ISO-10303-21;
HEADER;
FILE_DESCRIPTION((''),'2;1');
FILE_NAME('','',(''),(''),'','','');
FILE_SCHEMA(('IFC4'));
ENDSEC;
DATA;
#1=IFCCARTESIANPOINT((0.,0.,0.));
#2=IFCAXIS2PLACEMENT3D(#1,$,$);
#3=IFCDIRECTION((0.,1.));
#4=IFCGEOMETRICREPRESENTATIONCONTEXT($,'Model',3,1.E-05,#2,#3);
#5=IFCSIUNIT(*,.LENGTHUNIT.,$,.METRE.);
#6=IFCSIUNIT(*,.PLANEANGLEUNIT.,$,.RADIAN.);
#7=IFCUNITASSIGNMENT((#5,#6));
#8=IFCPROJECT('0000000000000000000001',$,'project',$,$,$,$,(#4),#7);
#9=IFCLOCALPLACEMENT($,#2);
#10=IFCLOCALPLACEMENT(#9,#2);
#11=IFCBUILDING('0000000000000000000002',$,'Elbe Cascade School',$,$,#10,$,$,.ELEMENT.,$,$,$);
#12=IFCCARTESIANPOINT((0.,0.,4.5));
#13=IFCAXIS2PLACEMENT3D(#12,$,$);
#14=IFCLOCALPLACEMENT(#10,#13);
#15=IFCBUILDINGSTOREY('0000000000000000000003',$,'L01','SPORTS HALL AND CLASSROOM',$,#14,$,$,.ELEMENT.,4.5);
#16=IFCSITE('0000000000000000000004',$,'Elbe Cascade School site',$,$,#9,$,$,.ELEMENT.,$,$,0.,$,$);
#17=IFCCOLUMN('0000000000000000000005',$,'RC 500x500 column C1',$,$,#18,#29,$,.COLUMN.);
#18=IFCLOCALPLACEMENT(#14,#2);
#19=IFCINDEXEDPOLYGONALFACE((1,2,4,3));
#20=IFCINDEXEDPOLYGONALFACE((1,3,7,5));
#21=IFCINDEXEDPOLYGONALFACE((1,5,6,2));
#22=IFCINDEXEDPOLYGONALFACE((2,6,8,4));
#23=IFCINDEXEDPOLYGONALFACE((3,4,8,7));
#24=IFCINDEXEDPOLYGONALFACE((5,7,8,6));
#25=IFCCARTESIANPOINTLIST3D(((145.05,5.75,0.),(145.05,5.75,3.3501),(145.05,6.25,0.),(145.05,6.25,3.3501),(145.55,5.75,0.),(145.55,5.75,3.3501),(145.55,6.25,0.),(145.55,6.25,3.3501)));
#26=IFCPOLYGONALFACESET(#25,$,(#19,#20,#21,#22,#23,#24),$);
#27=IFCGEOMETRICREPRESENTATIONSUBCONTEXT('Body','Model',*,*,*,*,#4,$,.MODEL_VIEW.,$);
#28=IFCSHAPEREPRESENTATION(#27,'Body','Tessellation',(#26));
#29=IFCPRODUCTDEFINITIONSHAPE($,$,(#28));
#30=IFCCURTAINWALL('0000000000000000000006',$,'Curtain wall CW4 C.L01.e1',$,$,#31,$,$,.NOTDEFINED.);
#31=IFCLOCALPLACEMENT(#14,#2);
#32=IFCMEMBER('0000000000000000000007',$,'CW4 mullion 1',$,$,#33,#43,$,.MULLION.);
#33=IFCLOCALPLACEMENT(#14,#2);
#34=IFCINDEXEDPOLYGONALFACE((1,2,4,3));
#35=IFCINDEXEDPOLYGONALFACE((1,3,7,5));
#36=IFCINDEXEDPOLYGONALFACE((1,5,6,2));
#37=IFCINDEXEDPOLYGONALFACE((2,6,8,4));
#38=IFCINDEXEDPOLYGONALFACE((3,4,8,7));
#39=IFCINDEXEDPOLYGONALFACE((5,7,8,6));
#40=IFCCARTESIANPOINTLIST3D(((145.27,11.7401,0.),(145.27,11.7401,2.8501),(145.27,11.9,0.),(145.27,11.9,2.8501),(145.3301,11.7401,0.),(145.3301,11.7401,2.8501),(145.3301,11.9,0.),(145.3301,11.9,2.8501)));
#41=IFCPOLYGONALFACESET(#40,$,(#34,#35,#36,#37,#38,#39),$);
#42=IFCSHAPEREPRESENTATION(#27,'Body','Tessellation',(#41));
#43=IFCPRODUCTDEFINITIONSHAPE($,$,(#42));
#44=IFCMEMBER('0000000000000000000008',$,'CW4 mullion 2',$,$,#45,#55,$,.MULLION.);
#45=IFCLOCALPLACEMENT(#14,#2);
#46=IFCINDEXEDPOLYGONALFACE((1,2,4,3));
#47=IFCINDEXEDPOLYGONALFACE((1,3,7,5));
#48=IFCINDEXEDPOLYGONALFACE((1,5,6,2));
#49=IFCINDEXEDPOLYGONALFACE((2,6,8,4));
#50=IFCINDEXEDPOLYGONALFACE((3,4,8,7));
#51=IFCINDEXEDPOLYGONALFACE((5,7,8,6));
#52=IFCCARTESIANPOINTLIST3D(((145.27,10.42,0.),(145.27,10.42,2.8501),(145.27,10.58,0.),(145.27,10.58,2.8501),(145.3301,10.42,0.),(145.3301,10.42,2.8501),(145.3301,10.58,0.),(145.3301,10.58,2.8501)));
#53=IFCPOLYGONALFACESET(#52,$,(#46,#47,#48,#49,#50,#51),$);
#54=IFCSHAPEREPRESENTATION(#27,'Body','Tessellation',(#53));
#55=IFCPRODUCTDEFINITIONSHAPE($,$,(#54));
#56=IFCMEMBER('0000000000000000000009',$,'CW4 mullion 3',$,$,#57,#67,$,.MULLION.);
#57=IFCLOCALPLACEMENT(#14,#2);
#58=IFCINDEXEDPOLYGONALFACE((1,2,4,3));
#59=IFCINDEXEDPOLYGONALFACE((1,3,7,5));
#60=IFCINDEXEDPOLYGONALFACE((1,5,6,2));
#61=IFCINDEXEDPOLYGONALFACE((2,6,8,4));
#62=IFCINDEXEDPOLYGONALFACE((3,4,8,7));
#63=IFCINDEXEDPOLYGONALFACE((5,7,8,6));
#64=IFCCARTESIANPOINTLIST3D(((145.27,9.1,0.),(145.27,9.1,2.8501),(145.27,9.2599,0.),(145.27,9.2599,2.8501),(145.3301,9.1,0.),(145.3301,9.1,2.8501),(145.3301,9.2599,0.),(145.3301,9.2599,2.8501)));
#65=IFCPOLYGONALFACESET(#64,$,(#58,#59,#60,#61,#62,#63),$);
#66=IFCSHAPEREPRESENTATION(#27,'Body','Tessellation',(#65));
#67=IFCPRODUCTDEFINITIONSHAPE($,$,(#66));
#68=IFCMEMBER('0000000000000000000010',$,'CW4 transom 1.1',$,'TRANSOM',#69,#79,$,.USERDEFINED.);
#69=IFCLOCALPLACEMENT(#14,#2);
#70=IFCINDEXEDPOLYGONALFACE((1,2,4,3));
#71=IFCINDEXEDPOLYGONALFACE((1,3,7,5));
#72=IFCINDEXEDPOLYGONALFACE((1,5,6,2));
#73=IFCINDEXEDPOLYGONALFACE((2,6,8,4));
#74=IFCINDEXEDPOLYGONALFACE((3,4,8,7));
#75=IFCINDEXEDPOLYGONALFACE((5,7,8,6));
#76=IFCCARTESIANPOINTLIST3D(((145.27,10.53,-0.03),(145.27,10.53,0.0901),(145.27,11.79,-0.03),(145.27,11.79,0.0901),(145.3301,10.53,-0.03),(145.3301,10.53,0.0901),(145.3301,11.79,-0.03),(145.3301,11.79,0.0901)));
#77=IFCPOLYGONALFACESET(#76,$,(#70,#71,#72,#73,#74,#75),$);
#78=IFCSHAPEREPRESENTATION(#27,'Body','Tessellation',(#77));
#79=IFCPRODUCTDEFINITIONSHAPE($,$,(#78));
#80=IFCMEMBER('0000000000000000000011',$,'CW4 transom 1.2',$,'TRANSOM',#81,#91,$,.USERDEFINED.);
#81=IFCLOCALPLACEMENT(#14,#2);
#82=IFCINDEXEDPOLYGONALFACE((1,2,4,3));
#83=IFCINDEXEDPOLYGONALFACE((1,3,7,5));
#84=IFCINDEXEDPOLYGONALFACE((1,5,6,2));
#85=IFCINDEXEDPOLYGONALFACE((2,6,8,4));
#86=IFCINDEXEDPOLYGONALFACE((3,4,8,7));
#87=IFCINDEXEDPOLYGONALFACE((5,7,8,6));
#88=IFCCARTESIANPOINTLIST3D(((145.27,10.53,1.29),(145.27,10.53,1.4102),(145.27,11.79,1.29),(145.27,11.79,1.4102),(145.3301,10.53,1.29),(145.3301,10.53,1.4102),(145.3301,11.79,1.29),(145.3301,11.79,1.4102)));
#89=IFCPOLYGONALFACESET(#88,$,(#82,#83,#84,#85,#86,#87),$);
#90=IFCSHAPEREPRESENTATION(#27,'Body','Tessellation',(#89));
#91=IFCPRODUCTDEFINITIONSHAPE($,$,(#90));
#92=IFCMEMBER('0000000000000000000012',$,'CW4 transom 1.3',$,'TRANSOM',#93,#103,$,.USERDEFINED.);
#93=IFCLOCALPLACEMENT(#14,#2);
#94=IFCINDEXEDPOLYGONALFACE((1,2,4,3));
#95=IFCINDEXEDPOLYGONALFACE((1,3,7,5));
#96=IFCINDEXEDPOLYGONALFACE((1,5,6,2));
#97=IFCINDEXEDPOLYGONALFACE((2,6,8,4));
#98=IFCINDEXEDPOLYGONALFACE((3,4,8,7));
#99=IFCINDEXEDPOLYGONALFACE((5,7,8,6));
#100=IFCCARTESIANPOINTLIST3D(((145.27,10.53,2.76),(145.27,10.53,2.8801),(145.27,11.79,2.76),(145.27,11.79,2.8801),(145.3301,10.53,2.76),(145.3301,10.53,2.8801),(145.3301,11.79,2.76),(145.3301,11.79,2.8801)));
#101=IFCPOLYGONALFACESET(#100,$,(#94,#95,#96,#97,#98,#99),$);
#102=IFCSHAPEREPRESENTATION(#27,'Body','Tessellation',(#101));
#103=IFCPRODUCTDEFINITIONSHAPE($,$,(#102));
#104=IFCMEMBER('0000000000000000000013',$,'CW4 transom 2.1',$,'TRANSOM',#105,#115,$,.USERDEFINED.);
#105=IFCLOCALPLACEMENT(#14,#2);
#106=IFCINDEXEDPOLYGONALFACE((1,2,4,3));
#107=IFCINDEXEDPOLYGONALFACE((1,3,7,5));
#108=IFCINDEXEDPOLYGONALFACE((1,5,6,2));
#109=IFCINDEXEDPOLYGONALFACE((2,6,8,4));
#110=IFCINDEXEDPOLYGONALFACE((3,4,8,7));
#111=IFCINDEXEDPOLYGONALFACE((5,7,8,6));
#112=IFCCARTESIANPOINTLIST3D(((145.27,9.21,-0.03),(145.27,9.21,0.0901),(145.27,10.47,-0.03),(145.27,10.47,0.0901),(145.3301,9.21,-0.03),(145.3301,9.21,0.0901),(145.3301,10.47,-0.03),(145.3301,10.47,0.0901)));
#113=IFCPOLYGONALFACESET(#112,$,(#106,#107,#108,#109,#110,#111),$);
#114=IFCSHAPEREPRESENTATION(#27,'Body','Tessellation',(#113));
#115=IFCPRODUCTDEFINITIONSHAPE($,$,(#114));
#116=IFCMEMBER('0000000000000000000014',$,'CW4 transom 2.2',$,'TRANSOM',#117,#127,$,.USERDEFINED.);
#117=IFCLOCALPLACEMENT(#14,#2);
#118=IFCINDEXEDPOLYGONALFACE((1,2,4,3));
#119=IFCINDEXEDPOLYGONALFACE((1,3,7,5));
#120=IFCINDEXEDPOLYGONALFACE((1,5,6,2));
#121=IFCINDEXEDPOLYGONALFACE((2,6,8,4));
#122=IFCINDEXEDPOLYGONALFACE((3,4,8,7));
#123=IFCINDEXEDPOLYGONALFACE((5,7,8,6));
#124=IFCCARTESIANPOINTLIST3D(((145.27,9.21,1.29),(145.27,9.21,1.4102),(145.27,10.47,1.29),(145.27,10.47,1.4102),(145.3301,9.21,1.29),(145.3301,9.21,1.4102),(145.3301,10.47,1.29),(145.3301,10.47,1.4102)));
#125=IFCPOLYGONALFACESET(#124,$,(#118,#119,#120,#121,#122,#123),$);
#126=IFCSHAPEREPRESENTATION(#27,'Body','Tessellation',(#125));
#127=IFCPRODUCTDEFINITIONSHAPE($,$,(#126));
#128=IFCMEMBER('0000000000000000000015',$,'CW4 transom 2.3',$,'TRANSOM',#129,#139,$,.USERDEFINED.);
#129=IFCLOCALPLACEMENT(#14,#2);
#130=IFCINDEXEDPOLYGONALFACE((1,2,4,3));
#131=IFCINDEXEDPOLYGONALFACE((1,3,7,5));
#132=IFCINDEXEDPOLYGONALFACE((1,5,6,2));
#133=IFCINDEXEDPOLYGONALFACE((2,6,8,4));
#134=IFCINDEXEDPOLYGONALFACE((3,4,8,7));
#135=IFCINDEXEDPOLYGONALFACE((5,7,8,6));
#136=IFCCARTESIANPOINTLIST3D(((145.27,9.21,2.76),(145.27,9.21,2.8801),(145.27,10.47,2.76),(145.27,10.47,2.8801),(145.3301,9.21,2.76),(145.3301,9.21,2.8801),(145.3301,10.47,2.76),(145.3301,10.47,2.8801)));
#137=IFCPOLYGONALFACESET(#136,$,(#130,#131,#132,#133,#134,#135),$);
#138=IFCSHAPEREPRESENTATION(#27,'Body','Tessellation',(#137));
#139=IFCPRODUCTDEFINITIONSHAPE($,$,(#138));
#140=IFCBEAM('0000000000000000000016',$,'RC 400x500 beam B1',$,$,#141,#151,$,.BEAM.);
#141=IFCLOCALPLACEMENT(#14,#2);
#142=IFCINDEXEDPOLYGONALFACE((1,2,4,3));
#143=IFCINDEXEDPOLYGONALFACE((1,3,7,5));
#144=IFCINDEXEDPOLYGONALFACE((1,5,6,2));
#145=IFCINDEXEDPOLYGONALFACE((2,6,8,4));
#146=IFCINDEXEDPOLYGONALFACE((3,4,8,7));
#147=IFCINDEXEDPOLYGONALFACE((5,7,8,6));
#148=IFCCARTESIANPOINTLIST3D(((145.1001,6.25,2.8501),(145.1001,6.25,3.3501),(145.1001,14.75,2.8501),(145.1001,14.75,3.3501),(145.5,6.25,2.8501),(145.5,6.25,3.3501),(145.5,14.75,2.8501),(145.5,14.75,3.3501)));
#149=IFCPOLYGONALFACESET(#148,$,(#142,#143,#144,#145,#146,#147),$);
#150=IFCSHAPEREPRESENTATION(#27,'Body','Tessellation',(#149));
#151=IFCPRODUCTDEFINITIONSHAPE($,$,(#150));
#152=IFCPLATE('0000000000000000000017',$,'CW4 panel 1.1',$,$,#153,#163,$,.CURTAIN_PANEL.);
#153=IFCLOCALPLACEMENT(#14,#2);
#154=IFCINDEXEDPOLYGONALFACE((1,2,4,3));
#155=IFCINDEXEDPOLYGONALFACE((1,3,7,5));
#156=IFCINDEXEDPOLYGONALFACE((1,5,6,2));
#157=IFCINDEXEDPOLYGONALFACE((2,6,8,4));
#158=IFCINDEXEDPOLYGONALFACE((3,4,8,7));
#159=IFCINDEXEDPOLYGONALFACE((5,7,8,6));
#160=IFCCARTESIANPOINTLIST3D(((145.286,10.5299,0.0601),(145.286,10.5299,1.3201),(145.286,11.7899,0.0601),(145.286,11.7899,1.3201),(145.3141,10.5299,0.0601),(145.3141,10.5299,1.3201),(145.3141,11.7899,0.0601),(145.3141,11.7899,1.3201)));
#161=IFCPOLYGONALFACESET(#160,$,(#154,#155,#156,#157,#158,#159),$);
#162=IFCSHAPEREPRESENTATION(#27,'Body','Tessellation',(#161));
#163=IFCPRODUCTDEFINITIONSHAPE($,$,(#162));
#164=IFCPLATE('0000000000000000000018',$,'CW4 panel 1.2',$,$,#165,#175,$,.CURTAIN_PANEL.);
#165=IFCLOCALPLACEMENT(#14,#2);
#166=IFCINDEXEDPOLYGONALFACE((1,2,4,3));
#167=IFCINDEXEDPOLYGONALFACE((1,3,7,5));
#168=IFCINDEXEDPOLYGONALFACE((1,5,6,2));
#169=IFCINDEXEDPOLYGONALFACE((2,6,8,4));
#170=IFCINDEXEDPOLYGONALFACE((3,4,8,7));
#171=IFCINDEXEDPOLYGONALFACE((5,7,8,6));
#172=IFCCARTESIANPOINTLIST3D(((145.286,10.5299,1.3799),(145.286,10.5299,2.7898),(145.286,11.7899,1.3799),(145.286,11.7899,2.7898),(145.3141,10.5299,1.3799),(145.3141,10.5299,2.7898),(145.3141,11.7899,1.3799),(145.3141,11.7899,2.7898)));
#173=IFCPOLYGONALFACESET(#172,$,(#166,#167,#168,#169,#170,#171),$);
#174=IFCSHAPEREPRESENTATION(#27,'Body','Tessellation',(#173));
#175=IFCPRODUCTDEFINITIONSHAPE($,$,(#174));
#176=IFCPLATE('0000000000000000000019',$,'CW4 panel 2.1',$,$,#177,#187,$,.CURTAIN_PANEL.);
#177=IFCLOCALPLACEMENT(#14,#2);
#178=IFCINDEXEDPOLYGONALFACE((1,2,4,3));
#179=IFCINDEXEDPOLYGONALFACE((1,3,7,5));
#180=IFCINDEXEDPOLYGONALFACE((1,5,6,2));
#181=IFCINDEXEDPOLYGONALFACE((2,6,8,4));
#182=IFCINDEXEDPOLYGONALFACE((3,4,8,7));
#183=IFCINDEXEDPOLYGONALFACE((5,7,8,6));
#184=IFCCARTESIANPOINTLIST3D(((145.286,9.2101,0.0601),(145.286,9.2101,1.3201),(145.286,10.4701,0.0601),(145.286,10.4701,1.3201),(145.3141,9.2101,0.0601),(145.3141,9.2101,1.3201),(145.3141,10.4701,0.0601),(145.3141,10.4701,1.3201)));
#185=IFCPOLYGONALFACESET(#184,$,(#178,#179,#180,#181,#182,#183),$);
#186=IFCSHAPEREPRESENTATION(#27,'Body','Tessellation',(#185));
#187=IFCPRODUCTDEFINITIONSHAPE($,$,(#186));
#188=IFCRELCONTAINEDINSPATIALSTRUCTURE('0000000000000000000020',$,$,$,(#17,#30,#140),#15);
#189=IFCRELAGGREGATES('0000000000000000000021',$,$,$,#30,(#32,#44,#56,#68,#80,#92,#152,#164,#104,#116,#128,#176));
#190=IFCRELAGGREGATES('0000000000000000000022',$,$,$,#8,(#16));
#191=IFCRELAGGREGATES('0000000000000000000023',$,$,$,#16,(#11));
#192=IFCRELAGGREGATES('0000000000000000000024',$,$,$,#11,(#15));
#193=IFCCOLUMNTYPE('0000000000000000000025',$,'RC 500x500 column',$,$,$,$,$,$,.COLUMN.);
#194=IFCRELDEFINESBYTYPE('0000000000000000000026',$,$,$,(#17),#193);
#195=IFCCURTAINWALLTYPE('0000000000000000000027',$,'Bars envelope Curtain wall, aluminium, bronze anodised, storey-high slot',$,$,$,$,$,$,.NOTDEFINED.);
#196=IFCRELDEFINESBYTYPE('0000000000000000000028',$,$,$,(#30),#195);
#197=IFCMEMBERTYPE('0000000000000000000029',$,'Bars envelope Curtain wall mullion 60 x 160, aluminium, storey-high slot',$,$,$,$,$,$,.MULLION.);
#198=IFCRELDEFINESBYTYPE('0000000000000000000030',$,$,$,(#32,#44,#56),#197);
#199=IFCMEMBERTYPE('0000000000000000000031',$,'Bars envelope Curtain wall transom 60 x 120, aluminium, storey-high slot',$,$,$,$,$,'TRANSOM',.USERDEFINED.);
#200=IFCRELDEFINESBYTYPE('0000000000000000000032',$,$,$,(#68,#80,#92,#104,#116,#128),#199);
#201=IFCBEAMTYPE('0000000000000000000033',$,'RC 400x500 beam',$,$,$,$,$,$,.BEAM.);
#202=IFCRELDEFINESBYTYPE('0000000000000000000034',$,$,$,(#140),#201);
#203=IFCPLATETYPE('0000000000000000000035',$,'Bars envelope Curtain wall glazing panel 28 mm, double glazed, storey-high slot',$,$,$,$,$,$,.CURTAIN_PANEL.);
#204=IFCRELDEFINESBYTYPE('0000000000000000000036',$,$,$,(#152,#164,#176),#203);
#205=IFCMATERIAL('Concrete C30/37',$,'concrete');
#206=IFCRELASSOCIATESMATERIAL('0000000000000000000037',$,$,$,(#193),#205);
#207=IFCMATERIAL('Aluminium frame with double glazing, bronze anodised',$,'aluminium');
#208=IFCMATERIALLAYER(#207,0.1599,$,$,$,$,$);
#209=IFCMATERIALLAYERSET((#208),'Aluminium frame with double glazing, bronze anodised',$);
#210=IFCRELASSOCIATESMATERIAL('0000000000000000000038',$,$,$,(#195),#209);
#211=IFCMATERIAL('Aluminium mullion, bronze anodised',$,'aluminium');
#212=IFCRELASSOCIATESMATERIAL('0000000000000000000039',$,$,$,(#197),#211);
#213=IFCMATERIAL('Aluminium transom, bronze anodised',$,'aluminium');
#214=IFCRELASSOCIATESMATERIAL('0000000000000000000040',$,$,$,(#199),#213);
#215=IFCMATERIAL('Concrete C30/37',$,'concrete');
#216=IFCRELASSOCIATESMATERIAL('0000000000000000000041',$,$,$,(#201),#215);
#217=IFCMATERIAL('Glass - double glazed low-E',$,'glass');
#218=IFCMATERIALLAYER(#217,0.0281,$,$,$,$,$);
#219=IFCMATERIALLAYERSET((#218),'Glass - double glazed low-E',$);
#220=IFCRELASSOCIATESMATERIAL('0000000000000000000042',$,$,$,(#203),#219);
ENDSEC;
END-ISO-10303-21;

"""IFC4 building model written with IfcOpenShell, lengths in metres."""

from ifc_helpers import new_model, si_unit, direction, frame, origin, origin_2d, place, context, subcontext, project, spatial, rectangle, extrude, material, layer, layer_set, material_profile, profile_set, type_object, element, aggregate, save


model = new_model("IFC4")

# Units and contexts
model_context = context("Model", 3, precision=1e-05, world=origin(), true_north=direction((0.0, 1.0)))
body_context = subcontext(model_context, "Body", "Model", "MODEL_VIEW")
ifc_project = project(units=[si_unit("LENGTHUNIT", "METRE"), si_unit("PLANEANGLEUNIT", "RADIAN")], contexts=[model_context])

# Site, building, storey
site_placement = place(None, origin())
site = spatial("IfcSite", under=ifc_project, at=site_placement, Name="Elbe Cascade School site", CompositionType="ELEMENT", RefElevation=0.0)
building_placement = place(site_placement, origin())
building = spatial("IfcBuilding", under=site, at=building_placement, Name="Elbe Cascade School", CompositionType="ELEMENT")
storey_placement = place(building_placement, frame((0.0, 0.0, 4.5)))
storey = spatial("IfcBuildingStorey", under=building, at=storey_placement, Name="L01", Description="SPORTS HALL AND CLASSROOM", CompositionType="ELEMENT", Elevation=4.5)

# Column
ifc_material_1 = material(Name="Concrete C30/37", Category="concrete")
ifc_material_profile_1 = material_profile(ifc_material_1, rectangle(XDim=0.5, YDim=0.5, at=origin_2d()), Name="RC 500x500")
ifc_profile_set_1 = profile_set([ifc_material_profile_1], Name="Concrete C30/37")
column_type = type_object("IfcColumnType", Name="RC 500x500 column", PredefinedType="COLUMN", material=ifc_profile_set_1)
column_placement = place(storey_placement, frame((145.3, 6.0, 0.0), z_axis=(0.0, 0.0, 1.0), x_axis=(1.0, 0.0, 0.0)))
element("IfcColumn", 1, at=column_placement, inside=storey, type_object=column_type, Name="RC 500x500 column C1", PredefinedType="COLUMN", context=body_context, shape_type="SweptSolid", body=[
    extrude(rectangle(XDim=0.5, YDim=0.5, at=origin_2d()), origin(), (0.0, 0.0, 1.0), 3.3501),
])

# Curtain wall, members
ifc_material_2 = material(Name="Aluminium frame with double glazing, bronze anodised", Category="aluminium")
ifc_layer_1 = layer(ifc_material_2, 0.1599)
ifc_layer_set_1 = layer_set([ifc_layer_1], Name="Aluminium frame with double glazing, bronze anodised")
curtain_wall_type = type_object("IfcCurtainWallType", Name="Bars envelope Curtain wall, aluminium, bronze anodised, storey-high slot", PredefinedType="NOTDEFINED", material=ifc_layer_set_1)
curtain_wall_placement = place(storey_placement, origin())
curtain_wall = element("IfcCurtainWall", 2, at=curtain_wall_placement, inside=storey, type_object=curtain_wall_type, Name="Curtain wall CW4 C.L01.e1", PredefinedType="NOTDEFINED")
ifc_material_3 = material(Name="Aluminium mullion, bronze anodised", Category="aluminium")
ifc_material_profile_2 = material_profile(ifc_material_3, rectangle(XDim=0.0601, YDim=0.1599, at=origin_2d()), Name="Bars envelope Curtain wall mullion 60 x 160, aluminium, storey-high slot")
ifc_profile_set_2 = profile_set([ifc_material_profile_2], Name="Aluminium mullion, bronze anodised")
member_type_1 = type_object("IfcMemberType", Name="Bars envelope Curtain wall mullion 60 x 160, aluminium, storey-high slot", PredefinedType="MULLION", material=ifc_profile_set_2)
member_1_placement = place(storey_placement, frame((145.3, 11.8201, 0.0), z_axis=(0.0, 0.0, 1.0), x_axis=(1.0, 0.0, 0.0)))
member_1 = element("IfcMember", 3, at=member_1_placement, type_object=member_type_1, Name="CW4 mullion 1", PredefinedType="MULLION", context=body_context, shape_type="SweptSolid", body=[
    extrude(rectangle(XDim=0.0601, YDim=0.1599, at=origin_2d()), origin(), (0.0, 0.0, 1.0), 2.8501),
])
member_2_placement = place(storey_placement, frame((145.3, 10.5, 0.0), z_axis=(0.0, 0.0, 1.0), x_axis=(1.0, 0.0, 0.0)))
member_2 = element("IfcMember", 4, at=member_2_placement, type_object=member_type_1, Name="CW4 mullion 2", PredefinedType="MULLION", context=body_context, shape_type="SweptSolid", body=[
    extrude(rectangle(XDim=0.0601, YDim=0.1599, at=origin_2d()), origin(), (0.0, 0.0, 1.0), 2.8501),
])
member_3_placement = place(storey_placement, frame((145.3, 9.1799, 0.0), z_axis=(0.0, 0.0, 1.0), x_axis=(1.0, 0.0, 0.0)))
member_3 = element("IfcMember", 5, at=member_3_placement, type_object=member_type_1, Name="CW4 mullion 3", PredefinedType="MULLION", context=body_context, shape_type="SweptSolid", body=[
    extrude(rectangle(XDim=0.0601, YDim=0.1599, at=origin_2d()), origin(), (0.0, 0.0, 1.0), 2.8501),
])
ifc_material_4 = material(Name="Aluminium transom, bronze anodised", Category="aluminium")
ifc_material_profile_3 = material_profile(ifc_material_4, rectangle(XDim=0.0601, YDim=0.1201, at=origin_2d()), Name="Bars envelope Curtain wall transom 60 x 120, aluminium, storey-high slot")
ifc_profile_set_3 = profile_set([ifc_material_profile_3], Name="Aluminium transom, bronze anodised")
member_type_2 = type_object("IfcMemberType", Name="Bars envelope Curtain wall transom 60 x 120, aluminium, storey-high slot", ElementType="TRANSOM", PredefinedType="USERDEFINED", material=ifc_profile_set_3)
member_4_placement = place(storey_placement, frame((145.3, 11.79, 0.03), z_axis=(0.0, -1.0, 0.0), x_axis=(1.0, 0.0, 0.0)))
member_4 = element("IfcMember", 6, at=member_4_placement, type_object=member_type_2, Name="CW4 transom 1.1", ObjectType="TRANSOM", PredefinedType="USERDEFINED", context=body_context, shape_type="SweptSolid", body=[
    extrude(rectangle(XDim=0.0601, YDim=0.1201, at=origin_2d()), origin(), (0.0, 0.0, 1.0), 1.26),
])
member_5_placement = place(storey_placement, frame((145.3, 11.79, 1.3501), z_axis=(0.0, -1.0, 0.0), x_axis=(1.0, 0.0, 0.0)))
member_5 = element("IfcMember", 7, at=member_5_placement, type_object=member_type_2, Name="CW4 transom 1.2", ObjectType="TRANSOM", PredefinedType="USERDEFINED", context=body_context, shape_type="SweptSolid", body=[
    extrude(rectangle(XDim=0.0601, YDim=0.1201, at=origin_2d()), origin(), (0.0, 0.0, 1.0), 1.26),
])
member_6_placement = place(storey_placement, frame((145.3, 11.79, 2.8201), z_axis=(0.0, -1.0, 0.0), x_axis=(1.0, 0.0, 0.0)))
member_6 = element("IfcMember", 8, at=member_6_placement, type_object=member_type_2, Name="CW4 transom 1.3", ObjectType="TRANSOM", PredefinedType="USERDEFINED", context=body_context, shape_type="SweptSolid", body=[
    extrude(rectangle(XDim=0.0601, YDim=0.1201, at=origin_2d()), origin(), (0.0, 0.0, 1.0), 1.26),
])
member_7_placement = place(storey_placement, frame((145.3, 10.47, 0.03), z_axis=(0.0, -1.0, 0.0), x_axis=(1.0, 0.0, 0.0)))
member_7 = element("IfcMember", 9, at=member_7_placement, type_object=member_type_2, Name="CW4 transom 2.1", ObjectType="TRANSOM", PredefinedType="USERDEFINED", context=body_context, shape_type="SweptSolid", body=[
    extrude(rectangle(XDim=0.0601, YDim=0.1201, at=origin_2d()), origin(), (0.0, 0.0, 1.0), 1.26),
])
member_8_placement = place(storey_placement, frame((145.3, 10.47, 1.3501), z_axis=(0.0, -1.0, 0.0), x_axis=(1.0, 0.0, 0.0)))
member_8 = element("IfcMember", 10, at=member_8_placement, type_object=member_type_2, Name="CW4 transom 2.2", ObjectType="TRANSOM", PredefinedType="USERDEFINED", context=body_context, shape_type="SweptSolid", body=[
    extrude(rectangle(XDim=0.0601, YDim=0.1201, at=origin_2d()), origin(), (0.0, 0.0, 1.0), 1.26),
])
member_9_placement = place(storey_placement, frame((145.3, 10.47, 2.8201), z_axis=(0.0, -1.0, 0.0), x_axis=(1.0, 0.0, 0.0)))
member_9 = element("IfcMember", 11, at=member_9_placement, type_object=member_type_2, Name="CW4 transom 2.3", ObjectType="TRANSOM", PredefinedType="USERDEFINED", context=body_context, shape_type="SweptSolid", body=[
    extrude(rectangle(XDim=0.0601, YDim=0.1201, at=origin_2d()), origin(), (0.0, 0.0, 1.0), 1.26),
])

# Beam
ifc_material_5 = material(Name="Concrete C30/37", Category="concrete")
ifc_material_profile_4 = material_profile(ifc_material_5, rectangle(XDim=0.3999, YDim=0.5, at=origin_2d()), Name="RC 400x500")
ifc_profile_set_4 = profile_set([ifc_material_profile_4], Name="Concrete C30/37")
beam_type = type_object("IfcBeamType", Name="RC 400x500 beam", PredefinedType="BEAM", material=ifc_profile_set_4)
beam_placement = place(storey_placement, frame((145.3, 6.25, 3.1001), z_axis=(0.0, 1.0, 0.0), x_axis=(-1.0, 0.0, 0.0)))
element("IfcBeam", 12, at=beam_placement, inside=storey, type_object=beam_type, Name="RC 400x500 beam B1", PredefinedType="BEAM", context=body_context, shape_type="SweptSolid", body=[
    extrude(rectangle(XDim=0.3999, YDim=0.5, at=origin_2d()), origin(), (0.0, 0.0, 1.0), 8.5),
])

# Plates
ifc_material_6 = material(Name="Glass - double glazed low-E", Category="glass")
ifc_layer_2 = layer(ifc_material_6, 0.0281)
ifc_layer_set_2 = layer_set([ifc_layer_2], Name="Glass - double glazed low-E")
plate_type = type_object("IfcPlateType", Name="Bars envelope Curtain wall glazing panel 28 mm, double glazed, storey-high slot", PredefinedType="CURTAIN_PANEL", material=ifc_layer_set_2)
plate_1_placement = place(storey_placement, frame((145.3, 11.1599, 0.0601), z_axis=(0.0, 0.0, 1.0), x_axis=(0.0, -1.0, 0.0)))
plate_1 = element("IfcPlate", 13, at=plate_1_placement, type_object=plate_type, Name="CW4 panel 1.1", PredefinedType="CURTAIN_PANEL", context=body_context, shape_type="SweptSolid", body=[
    extrude(rectangle(XDim=1.26, YDim=0.0281, at=origin_2d()), origin(), (0.0, 0.0, 1.0), 1.26),
])
plate_2_placement = place(storey_placement, frame((145.3, 11.1599, 1.3799), z_axis=(0.0, 0.0, 1.0), x_axis=(0.0, -1.0, 0.0)))
plate_2 = element("IfcPlate", 14, at=plate_2_placement, type_object=plate_type, Name="CW4 panel 1.2", PredefinedType="CURTAIN_PANEL", context=body_context, shape_type="SweptSolid", body=[
    extrude(rectangle(XDim=1.26, YDim=0.0281, at=origin_2d()), origin(), (0.0, 0.0, 1.0), 1.4099),
])
plate_3_placement = place(storey_placement, frame((145.3, 9.8401, 0.0601), z_axis=(0.0, 0.0, 1.0), x_axis=(0.0, -1.0, 0.0)))
plate_3 = element("IfcPlate", 15, at=plate_3_placement, type_object=plate_type, Name="CW4 panel 2.1", PredefinedType="CURTAIN_PANEL", context=body_context, shape_type="SweptSolid", body=[
    extrude(rectangle(XDim=1.26, YDim=0.0281, at=origin_2d()), origin(), (0.0, 0.0, 1.0), 1.26),
])
aggregate(curtain_wall, [member_1, member_2, member_3, member_4, member_5, member_6, plate_1, plate_2, member_7, member_8, member_9, plate_3])

save(model, "model.ifc")
